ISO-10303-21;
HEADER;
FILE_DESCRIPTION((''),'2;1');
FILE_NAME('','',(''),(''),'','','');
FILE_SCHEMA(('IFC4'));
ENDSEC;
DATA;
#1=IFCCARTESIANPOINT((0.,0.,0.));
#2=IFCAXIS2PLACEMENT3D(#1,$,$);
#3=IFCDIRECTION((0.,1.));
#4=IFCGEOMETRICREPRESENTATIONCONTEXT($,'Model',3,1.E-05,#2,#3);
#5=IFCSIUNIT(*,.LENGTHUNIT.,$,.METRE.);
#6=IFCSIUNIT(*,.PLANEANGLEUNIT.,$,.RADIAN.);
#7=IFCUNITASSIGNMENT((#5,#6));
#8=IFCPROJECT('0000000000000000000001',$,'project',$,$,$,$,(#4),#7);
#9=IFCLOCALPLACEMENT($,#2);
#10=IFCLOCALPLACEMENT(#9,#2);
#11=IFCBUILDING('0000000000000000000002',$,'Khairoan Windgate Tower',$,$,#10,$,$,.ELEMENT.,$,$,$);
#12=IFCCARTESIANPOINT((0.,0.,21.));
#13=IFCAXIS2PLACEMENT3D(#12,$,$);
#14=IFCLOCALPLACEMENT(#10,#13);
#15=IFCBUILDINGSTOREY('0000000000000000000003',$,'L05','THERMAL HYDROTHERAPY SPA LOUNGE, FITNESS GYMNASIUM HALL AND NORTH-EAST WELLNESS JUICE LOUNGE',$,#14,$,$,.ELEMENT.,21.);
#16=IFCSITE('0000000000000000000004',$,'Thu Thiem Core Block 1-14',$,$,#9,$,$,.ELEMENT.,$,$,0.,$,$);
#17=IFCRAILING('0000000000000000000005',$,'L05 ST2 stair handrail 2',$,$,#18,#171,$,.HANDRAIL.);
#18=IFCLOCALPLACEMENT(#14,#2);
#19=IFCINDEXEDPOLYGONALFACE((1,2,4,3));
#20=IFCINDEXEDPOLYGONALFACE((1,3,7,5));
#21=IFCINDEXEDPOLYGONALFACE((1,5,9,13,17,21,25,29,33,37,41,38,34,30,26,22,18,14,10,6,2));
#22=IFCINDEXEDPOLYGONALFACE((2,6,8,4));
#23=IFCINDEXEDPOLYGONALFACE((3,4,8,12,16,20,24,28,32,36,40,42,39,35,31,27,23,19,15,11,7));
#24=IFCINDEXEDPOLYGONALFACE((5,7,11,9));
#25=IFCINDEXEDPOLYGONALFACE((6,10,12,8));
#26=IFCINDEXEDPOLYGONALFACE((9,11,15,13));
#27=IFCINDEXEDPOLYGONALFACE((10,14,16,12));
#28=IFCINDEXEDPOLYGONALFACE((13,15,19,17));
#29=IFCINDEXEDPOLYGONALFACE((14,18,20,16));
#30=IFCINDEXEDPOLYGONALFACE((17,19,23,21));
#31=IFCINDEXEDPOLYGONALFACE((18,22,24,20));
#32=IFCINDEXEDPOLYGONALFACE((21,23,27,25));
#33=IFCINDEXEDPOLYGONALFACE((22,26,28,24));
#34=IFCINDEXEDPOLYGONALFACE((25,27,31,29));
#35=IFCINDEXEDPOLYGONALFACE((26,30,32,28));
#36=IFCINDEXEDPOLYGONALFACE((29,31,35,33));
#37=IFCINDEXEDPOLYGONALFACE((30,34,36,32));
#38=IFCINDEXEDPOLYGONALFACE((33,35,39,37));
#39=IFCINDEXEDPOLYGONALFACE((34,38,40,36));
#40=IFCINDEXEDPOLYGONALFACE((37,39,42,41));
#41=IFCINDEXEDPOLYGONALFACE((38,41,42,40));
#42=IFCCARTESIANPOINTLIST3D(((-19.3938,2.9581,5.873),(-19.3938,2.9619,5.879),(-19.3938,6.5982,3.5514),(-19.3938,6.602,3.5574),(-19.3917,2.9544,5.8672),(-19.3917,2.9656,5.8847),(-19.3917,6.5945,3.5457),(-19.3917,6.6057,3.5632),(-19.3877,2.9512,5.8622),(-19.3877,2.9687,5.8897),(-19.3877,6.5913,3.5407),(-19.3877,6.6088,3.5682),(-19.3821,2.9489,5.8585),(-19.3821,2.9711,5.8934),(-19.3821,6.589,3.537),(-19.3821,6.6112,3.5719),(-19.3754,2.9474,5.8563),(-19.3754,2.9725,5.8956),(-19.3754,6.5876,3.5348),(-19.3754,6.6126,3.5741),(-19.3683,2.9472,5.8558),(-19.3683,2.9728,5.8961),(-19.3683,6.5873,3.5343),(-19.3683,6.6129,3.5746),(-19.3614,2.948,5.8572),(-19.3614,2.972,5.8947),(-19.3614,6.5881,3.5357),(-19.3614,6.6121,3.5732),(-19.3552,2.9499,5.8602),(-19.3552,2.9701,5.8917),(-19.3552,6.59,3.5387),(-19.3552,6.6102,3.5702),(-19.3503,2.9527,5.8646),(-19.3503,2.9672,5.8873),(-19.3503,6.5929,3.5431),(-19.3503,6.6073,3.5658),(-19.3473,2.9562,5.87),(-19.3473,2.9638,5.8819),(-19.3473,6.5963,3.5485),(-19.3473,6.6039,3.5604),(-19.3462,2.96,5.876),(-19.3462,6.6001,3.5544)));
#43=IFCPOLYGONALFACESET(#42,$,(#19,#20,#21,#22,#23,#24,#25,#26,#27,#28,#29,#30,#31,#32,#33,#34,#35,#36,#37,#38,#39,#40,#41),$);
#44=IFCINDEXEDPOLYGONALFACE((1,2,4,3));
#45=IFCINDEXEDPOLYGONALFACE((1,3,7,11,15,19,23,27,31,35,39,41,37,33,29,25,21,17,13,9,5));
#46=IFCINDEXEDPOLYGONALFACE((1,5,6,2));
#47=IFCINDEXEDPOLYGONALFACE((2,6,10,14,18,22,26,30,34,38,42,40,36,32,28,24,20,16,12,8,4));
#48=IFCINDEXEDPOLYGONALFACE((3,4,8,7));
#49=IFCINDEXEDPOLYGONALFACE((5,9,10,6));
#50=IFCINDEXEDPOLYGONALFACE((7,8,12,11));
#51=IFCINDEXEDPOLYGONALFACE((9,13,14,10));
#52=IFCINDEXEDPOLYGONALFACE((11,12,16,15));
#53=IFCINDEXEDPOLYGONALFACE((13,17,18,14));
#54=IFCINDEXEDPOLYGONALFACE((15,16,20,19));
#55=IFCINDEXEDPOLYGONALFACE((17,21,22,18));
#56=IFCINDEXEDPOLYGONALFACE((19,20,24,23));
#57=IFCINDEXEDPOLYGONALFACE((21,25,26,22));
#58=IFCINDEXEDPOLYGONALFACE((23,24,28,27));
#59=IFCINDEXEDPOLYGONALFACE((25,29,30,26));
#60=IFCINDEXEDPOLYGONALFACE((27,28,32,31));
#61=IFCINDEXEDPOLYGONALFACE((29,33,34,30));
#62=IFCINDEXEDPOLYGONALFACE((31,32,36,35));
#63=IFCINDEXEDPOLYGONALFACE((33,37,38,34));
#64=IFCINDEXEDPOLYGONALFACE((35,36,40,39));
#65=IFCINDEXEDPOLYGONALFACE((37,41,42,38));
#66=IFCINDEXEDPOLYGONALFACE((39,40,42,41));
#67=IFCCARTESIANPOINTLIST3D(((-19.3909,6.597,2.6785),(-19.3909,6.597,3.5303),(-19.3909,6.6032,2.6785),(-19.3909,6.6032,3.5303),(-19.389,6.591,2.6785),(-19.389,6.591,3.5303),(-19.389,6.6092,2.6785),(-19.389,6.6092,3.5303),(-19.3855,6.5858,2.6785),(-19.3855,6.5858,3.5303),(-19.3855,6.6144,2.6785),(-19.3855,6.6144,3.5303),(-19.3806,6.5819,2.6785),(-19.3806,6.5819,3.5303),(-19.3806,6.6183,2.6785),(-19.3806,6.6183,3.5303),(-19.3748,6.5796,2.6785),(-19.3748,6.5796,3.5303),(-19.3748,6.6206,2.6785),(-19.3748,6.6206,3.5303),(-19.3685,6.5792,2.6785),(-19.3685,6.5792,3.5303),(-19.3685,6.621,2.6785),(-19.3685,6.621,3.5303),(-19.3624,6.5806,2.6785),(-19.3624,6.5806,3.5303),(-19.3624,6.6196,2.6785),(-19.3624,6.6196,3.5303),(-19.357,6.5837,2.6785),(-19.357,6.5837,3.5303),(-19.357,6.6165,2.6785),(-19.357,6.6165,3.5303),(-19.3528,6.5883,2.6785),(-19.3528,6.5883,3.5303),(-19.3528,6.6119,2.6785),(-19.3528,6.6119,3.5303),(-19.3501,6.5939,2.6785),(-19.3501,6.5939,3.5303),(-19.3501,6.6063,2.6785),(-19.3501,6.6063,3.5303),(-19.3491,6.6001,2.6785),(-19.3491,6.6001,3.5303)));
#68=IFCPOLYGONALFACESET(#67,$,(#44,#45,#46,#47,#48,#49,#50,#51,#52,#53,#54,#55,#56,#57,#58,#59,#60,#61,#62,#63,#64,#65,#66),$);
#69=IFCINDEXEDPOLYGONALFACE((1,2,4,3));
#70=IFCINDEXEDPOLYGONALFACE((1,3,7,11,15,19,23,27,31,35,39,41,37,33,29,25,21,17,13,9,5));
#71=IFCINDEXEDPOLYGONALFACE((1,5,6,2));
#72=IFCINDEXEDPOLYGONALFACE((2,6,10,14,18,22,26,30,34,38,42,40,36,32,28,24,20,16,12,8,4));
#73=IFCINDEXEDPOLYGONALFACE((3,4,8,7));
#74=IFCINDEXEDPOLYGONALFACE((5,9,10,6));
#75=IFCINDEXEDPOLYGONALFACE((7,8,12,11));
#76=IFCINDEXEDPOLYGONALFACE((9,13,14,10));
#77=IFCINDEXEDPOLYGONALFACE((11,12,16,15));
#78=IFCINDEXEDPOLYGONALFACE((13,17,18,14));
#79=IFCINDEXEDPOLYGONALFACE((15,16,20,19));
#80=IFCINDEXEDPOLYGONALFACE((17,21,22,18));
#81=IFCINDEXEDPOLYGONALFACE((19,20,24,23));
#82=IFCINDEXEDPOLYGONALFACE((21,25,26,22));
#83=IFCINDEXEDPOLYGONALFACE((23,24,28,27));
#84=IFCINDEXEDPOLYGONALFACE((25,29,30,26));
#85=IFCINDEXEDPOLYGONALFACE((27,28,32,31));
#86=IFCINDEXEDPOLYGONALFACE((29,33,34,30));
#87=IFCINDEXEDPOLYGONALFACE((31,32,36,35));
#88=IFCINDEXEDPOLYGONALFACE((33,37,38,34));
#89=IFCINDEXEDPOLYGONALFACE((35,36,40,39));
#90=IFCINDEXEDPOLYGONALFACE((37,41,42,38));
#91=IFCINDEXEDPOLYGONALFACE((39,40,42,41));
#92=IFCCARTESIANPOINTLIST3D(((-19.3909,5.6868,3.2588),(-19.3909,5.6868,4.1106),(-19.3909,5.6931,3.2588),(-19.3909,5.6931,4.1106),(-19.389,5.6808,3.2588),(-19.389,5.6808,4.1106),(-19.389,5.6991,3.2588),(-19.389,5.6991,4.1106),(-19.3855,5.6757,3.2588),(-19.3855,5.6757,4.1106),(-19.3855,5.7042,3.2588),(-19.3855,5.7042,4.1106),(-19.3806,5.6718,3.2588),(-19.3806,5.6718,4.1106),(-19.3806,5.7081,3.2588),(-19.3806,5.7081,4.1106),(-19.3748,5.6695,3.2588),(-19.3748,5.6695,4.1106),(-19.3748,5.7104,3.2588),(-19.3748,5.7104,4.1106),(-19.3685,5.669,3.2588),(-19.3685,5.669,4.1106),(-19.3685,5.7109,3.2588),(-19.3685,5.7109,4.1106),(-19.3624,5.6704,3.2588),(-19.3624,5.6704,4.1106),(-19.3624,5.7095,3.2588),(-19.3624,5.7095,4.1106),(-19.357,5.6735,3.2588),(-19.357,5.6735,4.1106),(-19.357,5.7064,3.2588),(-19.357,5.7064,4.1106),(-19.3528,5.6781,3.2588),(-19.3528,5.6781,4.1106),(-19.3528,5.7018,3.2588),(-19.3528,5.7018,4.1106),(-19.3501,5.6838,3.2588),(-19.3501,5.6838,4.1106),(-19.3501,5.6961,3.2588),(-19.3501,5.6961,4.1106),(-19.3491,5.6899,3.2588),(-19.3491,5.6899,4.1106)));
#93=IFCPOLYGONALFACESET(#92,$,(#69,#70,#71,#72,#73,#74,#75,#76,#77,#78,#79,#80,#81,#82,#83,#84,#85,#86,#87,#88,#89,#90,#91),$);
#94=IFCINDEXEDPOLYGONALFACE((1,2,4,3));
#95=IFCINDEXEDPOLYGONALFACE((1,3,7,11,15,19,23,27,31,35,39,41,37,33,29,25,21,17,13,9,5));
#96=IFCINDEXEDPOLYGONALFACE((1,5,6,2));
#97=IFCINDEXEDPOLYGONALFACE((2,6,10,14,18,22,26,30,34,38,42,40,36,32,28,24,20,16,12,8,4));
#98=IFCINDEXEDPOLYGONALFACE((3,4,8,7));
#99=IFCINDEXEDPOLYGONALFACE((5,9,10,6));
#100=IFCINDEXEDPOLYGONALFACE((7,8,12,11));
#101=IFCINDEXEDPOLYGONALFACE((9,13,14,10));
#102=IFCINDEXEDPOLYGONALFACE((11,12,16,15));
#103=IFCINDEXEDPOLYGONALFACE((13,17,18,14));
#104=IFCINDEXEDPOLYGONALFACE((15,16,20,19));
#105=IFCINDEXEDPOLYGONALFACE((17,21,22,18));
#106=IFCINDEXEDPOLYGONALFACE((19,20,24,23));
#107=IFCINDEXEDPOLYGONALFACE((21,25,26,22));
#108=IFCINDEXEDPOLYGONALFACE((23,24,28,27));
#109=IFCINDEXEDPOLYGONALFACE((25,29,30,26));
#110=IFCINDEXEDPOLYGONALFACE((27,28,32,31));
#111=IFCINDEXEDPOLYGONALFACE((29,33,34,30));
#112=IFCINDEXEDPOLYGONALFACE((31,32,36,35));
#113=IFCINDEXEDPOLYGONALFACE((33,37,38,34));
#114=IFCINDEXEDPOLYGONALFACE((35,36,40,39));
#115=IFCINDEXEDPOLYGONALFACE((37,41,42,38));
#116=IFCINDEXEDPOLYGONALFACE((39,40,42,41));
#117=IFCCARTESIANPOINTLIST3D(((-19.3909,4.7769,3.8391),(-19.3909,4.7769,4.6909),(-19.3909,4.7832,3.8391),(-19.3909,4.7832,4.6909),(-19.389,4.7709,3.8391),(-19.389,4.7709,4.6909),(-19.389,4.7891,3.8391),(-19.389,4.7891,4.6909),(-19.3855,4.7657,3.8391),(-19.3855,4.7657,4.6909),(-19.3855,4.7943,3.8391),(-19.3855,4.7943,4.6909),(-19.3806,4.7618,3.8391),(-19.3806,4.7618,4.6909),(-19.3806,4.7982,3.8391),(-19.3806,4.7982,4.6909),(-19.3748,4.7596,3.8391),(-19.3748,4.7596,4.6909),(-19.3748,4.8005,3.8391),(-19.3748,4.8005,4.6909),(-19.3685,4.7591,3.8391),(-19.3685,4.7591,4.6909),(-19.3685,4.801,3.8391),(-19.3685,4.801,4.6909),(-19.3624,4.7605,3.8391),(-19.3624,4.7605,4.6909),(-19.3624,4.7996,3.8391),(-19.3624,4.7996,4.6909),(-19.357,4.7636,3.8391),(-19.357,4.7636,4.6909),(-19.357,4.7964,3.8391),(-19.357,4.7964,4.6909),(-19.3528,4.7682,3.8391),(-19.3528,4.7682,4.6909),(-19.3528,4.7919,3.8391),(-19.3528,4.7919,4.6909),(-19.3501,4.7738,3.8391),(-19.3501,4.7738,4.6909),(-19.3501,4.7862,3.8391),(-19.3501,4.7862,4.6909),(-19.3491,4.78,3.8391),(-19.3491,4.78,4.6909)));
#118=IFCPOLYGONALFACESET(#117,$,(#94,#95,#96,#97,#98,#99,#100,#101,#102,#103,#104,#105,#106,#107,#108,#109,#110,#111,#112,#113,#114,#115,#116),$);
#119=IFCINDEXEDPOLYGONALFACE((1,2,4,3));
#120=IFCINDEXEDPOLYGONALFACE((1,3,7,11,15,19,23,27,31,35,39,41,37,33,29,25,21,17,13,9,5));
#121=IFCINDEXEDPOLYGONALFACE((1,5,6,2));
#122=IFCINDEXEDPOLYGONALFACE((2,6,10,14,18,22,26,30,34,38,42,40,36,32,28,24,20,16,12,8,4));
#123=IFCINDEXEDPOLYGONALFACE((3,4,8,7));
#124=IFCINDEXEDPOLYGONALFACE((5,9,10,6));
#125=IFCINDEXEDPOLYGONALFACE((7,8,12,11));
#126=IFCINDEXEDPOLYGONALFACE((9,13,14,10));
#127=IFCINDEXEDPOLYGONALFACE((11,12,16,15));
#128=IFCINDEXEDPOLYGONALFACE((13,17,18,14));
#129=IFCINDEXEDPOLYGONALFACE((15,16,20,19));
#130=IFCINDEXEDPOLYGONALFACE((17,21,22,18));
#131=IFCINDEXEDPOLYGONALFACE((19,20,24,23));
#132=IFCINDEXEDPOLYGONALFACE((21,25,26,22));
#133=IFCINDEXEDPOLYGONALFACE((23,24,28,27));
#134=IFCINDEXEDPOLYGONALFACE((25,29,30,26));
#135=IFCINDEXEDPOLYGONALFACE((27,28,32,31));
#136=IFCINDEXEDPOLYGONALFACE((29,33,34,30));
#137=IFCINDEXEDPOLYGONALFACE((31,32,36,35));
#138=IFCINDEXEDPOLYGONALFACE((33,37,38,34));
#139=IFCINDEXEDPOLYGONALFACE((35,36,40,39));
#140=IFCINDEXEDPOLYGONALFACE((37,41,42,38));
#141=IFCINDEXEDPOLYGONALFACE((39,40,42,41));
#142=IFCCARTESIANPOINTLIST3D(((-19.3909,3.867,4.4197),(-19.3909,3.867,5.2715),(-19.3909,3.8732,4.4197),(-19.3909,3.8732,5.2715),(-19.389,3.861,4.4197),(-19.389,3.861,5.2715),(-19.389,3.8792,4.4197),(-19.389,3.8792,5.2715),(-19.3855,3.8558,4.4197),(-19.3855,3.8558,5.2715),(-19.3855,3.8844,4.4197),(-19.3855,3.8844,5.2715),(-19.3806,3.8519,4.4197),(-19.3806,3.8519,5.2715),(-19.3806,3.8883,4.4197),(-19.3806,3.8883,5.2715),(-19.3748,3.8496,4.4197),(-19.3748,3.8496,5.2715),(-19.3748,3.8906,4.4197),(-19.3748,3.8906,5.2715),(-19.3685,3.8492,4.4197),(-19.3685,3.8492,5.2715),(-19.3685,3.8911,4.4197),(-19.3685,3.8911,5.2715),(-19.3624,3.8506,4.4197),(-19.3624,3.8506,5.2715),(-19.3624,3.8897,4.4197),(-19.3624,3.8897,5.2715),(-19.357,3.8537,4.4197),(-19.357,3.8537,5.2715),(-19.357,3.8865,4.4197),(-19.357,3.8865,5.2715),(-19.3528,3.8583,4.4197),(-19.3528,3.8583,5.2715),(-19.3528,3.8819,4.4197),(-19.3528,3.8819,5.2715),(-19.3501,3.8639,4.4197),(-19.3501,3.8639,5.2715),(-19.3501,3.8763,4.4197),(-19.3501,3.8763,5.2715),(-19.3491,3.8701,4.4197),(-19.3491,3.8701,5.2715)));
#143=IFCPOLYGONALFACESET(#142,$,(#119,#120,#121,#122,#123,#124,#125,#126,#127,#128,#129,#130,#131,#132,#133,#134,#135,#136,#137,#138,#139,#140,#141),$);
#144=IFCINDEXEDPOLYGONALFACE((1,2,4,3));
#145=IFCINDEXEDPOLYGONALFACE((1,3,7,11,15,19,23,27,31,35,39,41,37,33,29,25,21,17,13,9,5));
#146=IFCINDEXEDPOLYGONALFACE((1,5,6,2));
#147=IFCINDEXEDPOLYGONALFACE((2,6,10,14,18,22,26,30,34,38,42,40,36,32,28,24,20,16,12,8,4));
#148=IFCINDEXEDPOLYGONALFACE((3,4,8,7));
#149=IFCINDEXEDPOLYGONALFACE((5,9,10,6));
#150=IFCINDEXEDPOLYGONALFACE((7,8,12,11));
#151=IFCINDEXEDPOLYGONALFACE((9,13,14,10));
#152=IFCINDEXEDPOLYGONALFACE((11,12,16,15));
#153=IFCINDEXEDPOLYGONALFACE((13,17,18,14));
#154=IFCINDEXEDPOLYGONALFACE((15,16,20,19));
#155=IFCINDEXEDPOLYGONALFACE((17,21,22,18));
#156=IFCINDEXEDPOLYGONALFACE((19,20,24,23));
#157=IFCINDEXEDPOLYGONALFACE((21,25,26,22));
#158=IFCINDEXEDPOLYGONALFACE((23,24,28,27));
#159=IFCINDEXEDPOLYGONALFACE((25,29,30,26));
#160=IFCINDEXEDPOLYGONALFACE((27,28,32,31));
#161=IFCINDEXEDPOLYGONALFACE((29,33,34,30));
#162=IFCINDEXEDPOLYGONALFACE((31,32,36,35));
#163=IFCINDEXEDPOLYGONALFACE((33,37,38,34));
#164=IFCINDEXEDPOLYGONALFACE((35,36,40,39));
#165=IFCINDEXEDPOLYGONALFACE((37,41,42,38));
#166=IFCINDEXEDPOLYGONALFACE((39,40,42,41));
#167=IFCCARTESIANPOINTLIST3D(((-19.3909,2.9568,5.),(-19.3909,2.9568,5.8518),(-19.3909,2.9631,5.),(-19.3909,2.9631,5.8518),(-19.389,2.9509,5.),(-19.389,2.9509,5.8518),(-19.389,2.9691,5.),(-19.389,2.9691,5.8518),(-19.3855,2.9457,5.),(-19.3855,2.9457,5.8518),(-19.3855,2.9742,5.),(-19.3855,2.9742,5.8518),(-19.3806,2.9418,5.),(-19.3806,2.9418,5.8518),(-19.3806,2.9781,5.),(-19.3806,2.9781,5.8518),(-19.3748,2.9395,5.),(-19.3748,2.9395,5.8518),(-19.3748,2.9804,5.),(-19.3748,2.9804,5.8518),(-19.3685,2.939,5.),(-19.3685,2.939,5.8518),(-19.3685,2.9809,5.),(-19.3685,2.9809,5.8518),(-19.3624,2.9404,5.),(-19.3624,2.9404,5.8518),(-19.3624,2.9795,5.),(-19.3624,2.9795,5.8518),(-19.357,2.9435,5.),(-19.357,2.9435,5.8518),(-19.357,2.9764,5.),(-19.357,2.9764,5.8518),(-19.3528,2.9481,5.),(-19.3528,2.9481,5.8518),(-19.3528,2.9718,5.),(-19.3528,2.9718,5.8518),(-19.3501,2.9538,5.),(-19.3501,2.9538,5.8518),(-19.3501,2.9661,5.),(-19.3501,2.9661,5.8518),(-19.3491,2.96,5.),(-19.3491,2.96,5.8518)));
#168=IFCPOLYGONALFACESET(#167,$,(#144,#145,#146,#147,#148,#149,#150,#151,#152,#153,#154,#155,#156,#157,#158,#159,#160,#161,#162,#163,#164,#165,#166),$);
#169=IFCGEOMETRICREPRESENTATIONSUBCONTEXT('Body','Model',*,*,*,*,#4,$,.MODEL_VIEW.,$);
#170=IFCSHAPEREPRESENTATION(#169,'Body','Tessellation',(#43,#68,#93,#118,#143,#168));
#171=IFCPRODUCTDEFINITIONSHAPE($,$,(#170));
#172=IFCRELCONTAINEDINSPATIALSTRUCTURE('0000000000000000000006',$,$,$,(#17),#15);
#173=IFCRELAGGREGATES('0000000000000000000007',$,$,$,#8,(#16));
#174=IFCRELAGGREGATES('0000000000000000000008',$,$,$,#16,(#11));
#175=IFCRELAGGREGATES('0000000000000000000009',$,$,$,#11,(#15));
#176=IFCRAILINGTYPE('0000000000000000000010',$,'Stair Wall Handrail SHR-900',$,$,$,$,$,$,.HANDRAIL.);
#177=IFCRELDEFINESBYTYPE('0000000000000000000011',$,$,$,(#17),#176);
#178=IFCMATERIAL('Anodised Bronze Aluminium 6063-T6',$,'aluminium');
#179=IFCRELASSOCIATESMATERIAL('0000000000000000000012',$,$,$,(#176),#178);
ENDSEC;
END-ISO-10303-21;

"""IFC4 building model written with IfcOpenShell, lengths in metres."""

from ifc_helpers import new_model, si_unit, direction, frame, origin, origin_2d, place, context, subcontext, project, spatial, circle, extrude, material, type_object, element, save


model = new_model("IFC4")

# Units and contexts
model_context = context("Model", 3, precision=1e-05, world=origin(), true_north=direction((0.0, 1.0)))
body_context = subcontext(model_context, "Body", "Model", "MODEL_VIEW")
ifc_project = project(units=[si_unit("LENGTHUNIT", "METRE"), si_unit("PLANEANGLEUNIT", "RADIAN")], contexts=[model_context])

# Site, building, storey
site_placement = place(None, origin())
site = spatial("IfcSite", under=ifc_project, at=site_placement, Name="Thu Thiem Core Block 1-14", CompositionType="ELEMENT", RefElevation=0.0)
building_placement = place(site_placement, origin())
building = spatial("IfcBuilding", under=site, at=building_placement, Name="Khairoan Windgate Tower", CompositionType="ELEMENT")
storey_placement = place(building_placement, frame((0.0, 0.0, 21.0)))
storey = spatial("IfcBuildingStorey", under=building, at=storey_placement, Name="L05", Description="THERMAL HYDROTHERAPY SPA LOUNGE, FITNESS GYMNASIUM HALL AND NORTH-EAST WELLNESS JUICE LOUNGE", CompositionType="ELEMENT", Elevation=21.0)

# Railing
ifc_material_1 = material(Name="Anodised Bronze Aluminium 6063-T6", Category="aluminium")
railing_type_1 = type_object("IfcRailingType", Name="Stair Wall Handrail SHR-900", PredefinedType="HANDRAIL", material=ifc_material_1)
railing_1_placement = place(storey_placement, frame((-19.3701, 6.6001, 2.6785)))
element("IfcRailing", 1, at=railing_1_placement, inside=storey, type_object=railing_type_1, Name="L05 ST2 stair handrail 2", PredefinedType="HANDRAIL", context=body_context, shape_type="SweptSolid", body=[
    extrude(circle(Radius=0.0239, at=origin_2d()), frame((0.0, 0.0, 0.876), z_axis=(0.0, -0.843128, 0.537713), x_axis=(1.0, 0.0, 0.0)), (0.0, 0.0, 1.0), 4.3174),
    extrude(circle(Radius=0.021, at=origin_2d()), origin(), (0.0, 0.0, 1.0), 0.8518),
    extrude(circle(Radius=0.021, at=origin_2d()), frame((0.0, -0.9102, 0.5803)), (0.0, 0.0, 1.0), 0.8518),
    extrude(circle(Radius=0.021, at=origin_2d()), frame((0.0, -1.8201, 1.1606)), (0.0, 0.0, 1.0), 0.8518),
    extrude(circle(Radius=0.021, at=origin_2d()), frame((0.0, -2.73, 1.7412)), (0.0, 0.0, 1.0), 0.8518),
    extrude(circle(Radius=0.021, at=origin_2d()), frame((0.0, -3.6401, 2.3215)), (0.0, 0.0, 1.0), 0.8518),
])

save(model, "model.ifc")
